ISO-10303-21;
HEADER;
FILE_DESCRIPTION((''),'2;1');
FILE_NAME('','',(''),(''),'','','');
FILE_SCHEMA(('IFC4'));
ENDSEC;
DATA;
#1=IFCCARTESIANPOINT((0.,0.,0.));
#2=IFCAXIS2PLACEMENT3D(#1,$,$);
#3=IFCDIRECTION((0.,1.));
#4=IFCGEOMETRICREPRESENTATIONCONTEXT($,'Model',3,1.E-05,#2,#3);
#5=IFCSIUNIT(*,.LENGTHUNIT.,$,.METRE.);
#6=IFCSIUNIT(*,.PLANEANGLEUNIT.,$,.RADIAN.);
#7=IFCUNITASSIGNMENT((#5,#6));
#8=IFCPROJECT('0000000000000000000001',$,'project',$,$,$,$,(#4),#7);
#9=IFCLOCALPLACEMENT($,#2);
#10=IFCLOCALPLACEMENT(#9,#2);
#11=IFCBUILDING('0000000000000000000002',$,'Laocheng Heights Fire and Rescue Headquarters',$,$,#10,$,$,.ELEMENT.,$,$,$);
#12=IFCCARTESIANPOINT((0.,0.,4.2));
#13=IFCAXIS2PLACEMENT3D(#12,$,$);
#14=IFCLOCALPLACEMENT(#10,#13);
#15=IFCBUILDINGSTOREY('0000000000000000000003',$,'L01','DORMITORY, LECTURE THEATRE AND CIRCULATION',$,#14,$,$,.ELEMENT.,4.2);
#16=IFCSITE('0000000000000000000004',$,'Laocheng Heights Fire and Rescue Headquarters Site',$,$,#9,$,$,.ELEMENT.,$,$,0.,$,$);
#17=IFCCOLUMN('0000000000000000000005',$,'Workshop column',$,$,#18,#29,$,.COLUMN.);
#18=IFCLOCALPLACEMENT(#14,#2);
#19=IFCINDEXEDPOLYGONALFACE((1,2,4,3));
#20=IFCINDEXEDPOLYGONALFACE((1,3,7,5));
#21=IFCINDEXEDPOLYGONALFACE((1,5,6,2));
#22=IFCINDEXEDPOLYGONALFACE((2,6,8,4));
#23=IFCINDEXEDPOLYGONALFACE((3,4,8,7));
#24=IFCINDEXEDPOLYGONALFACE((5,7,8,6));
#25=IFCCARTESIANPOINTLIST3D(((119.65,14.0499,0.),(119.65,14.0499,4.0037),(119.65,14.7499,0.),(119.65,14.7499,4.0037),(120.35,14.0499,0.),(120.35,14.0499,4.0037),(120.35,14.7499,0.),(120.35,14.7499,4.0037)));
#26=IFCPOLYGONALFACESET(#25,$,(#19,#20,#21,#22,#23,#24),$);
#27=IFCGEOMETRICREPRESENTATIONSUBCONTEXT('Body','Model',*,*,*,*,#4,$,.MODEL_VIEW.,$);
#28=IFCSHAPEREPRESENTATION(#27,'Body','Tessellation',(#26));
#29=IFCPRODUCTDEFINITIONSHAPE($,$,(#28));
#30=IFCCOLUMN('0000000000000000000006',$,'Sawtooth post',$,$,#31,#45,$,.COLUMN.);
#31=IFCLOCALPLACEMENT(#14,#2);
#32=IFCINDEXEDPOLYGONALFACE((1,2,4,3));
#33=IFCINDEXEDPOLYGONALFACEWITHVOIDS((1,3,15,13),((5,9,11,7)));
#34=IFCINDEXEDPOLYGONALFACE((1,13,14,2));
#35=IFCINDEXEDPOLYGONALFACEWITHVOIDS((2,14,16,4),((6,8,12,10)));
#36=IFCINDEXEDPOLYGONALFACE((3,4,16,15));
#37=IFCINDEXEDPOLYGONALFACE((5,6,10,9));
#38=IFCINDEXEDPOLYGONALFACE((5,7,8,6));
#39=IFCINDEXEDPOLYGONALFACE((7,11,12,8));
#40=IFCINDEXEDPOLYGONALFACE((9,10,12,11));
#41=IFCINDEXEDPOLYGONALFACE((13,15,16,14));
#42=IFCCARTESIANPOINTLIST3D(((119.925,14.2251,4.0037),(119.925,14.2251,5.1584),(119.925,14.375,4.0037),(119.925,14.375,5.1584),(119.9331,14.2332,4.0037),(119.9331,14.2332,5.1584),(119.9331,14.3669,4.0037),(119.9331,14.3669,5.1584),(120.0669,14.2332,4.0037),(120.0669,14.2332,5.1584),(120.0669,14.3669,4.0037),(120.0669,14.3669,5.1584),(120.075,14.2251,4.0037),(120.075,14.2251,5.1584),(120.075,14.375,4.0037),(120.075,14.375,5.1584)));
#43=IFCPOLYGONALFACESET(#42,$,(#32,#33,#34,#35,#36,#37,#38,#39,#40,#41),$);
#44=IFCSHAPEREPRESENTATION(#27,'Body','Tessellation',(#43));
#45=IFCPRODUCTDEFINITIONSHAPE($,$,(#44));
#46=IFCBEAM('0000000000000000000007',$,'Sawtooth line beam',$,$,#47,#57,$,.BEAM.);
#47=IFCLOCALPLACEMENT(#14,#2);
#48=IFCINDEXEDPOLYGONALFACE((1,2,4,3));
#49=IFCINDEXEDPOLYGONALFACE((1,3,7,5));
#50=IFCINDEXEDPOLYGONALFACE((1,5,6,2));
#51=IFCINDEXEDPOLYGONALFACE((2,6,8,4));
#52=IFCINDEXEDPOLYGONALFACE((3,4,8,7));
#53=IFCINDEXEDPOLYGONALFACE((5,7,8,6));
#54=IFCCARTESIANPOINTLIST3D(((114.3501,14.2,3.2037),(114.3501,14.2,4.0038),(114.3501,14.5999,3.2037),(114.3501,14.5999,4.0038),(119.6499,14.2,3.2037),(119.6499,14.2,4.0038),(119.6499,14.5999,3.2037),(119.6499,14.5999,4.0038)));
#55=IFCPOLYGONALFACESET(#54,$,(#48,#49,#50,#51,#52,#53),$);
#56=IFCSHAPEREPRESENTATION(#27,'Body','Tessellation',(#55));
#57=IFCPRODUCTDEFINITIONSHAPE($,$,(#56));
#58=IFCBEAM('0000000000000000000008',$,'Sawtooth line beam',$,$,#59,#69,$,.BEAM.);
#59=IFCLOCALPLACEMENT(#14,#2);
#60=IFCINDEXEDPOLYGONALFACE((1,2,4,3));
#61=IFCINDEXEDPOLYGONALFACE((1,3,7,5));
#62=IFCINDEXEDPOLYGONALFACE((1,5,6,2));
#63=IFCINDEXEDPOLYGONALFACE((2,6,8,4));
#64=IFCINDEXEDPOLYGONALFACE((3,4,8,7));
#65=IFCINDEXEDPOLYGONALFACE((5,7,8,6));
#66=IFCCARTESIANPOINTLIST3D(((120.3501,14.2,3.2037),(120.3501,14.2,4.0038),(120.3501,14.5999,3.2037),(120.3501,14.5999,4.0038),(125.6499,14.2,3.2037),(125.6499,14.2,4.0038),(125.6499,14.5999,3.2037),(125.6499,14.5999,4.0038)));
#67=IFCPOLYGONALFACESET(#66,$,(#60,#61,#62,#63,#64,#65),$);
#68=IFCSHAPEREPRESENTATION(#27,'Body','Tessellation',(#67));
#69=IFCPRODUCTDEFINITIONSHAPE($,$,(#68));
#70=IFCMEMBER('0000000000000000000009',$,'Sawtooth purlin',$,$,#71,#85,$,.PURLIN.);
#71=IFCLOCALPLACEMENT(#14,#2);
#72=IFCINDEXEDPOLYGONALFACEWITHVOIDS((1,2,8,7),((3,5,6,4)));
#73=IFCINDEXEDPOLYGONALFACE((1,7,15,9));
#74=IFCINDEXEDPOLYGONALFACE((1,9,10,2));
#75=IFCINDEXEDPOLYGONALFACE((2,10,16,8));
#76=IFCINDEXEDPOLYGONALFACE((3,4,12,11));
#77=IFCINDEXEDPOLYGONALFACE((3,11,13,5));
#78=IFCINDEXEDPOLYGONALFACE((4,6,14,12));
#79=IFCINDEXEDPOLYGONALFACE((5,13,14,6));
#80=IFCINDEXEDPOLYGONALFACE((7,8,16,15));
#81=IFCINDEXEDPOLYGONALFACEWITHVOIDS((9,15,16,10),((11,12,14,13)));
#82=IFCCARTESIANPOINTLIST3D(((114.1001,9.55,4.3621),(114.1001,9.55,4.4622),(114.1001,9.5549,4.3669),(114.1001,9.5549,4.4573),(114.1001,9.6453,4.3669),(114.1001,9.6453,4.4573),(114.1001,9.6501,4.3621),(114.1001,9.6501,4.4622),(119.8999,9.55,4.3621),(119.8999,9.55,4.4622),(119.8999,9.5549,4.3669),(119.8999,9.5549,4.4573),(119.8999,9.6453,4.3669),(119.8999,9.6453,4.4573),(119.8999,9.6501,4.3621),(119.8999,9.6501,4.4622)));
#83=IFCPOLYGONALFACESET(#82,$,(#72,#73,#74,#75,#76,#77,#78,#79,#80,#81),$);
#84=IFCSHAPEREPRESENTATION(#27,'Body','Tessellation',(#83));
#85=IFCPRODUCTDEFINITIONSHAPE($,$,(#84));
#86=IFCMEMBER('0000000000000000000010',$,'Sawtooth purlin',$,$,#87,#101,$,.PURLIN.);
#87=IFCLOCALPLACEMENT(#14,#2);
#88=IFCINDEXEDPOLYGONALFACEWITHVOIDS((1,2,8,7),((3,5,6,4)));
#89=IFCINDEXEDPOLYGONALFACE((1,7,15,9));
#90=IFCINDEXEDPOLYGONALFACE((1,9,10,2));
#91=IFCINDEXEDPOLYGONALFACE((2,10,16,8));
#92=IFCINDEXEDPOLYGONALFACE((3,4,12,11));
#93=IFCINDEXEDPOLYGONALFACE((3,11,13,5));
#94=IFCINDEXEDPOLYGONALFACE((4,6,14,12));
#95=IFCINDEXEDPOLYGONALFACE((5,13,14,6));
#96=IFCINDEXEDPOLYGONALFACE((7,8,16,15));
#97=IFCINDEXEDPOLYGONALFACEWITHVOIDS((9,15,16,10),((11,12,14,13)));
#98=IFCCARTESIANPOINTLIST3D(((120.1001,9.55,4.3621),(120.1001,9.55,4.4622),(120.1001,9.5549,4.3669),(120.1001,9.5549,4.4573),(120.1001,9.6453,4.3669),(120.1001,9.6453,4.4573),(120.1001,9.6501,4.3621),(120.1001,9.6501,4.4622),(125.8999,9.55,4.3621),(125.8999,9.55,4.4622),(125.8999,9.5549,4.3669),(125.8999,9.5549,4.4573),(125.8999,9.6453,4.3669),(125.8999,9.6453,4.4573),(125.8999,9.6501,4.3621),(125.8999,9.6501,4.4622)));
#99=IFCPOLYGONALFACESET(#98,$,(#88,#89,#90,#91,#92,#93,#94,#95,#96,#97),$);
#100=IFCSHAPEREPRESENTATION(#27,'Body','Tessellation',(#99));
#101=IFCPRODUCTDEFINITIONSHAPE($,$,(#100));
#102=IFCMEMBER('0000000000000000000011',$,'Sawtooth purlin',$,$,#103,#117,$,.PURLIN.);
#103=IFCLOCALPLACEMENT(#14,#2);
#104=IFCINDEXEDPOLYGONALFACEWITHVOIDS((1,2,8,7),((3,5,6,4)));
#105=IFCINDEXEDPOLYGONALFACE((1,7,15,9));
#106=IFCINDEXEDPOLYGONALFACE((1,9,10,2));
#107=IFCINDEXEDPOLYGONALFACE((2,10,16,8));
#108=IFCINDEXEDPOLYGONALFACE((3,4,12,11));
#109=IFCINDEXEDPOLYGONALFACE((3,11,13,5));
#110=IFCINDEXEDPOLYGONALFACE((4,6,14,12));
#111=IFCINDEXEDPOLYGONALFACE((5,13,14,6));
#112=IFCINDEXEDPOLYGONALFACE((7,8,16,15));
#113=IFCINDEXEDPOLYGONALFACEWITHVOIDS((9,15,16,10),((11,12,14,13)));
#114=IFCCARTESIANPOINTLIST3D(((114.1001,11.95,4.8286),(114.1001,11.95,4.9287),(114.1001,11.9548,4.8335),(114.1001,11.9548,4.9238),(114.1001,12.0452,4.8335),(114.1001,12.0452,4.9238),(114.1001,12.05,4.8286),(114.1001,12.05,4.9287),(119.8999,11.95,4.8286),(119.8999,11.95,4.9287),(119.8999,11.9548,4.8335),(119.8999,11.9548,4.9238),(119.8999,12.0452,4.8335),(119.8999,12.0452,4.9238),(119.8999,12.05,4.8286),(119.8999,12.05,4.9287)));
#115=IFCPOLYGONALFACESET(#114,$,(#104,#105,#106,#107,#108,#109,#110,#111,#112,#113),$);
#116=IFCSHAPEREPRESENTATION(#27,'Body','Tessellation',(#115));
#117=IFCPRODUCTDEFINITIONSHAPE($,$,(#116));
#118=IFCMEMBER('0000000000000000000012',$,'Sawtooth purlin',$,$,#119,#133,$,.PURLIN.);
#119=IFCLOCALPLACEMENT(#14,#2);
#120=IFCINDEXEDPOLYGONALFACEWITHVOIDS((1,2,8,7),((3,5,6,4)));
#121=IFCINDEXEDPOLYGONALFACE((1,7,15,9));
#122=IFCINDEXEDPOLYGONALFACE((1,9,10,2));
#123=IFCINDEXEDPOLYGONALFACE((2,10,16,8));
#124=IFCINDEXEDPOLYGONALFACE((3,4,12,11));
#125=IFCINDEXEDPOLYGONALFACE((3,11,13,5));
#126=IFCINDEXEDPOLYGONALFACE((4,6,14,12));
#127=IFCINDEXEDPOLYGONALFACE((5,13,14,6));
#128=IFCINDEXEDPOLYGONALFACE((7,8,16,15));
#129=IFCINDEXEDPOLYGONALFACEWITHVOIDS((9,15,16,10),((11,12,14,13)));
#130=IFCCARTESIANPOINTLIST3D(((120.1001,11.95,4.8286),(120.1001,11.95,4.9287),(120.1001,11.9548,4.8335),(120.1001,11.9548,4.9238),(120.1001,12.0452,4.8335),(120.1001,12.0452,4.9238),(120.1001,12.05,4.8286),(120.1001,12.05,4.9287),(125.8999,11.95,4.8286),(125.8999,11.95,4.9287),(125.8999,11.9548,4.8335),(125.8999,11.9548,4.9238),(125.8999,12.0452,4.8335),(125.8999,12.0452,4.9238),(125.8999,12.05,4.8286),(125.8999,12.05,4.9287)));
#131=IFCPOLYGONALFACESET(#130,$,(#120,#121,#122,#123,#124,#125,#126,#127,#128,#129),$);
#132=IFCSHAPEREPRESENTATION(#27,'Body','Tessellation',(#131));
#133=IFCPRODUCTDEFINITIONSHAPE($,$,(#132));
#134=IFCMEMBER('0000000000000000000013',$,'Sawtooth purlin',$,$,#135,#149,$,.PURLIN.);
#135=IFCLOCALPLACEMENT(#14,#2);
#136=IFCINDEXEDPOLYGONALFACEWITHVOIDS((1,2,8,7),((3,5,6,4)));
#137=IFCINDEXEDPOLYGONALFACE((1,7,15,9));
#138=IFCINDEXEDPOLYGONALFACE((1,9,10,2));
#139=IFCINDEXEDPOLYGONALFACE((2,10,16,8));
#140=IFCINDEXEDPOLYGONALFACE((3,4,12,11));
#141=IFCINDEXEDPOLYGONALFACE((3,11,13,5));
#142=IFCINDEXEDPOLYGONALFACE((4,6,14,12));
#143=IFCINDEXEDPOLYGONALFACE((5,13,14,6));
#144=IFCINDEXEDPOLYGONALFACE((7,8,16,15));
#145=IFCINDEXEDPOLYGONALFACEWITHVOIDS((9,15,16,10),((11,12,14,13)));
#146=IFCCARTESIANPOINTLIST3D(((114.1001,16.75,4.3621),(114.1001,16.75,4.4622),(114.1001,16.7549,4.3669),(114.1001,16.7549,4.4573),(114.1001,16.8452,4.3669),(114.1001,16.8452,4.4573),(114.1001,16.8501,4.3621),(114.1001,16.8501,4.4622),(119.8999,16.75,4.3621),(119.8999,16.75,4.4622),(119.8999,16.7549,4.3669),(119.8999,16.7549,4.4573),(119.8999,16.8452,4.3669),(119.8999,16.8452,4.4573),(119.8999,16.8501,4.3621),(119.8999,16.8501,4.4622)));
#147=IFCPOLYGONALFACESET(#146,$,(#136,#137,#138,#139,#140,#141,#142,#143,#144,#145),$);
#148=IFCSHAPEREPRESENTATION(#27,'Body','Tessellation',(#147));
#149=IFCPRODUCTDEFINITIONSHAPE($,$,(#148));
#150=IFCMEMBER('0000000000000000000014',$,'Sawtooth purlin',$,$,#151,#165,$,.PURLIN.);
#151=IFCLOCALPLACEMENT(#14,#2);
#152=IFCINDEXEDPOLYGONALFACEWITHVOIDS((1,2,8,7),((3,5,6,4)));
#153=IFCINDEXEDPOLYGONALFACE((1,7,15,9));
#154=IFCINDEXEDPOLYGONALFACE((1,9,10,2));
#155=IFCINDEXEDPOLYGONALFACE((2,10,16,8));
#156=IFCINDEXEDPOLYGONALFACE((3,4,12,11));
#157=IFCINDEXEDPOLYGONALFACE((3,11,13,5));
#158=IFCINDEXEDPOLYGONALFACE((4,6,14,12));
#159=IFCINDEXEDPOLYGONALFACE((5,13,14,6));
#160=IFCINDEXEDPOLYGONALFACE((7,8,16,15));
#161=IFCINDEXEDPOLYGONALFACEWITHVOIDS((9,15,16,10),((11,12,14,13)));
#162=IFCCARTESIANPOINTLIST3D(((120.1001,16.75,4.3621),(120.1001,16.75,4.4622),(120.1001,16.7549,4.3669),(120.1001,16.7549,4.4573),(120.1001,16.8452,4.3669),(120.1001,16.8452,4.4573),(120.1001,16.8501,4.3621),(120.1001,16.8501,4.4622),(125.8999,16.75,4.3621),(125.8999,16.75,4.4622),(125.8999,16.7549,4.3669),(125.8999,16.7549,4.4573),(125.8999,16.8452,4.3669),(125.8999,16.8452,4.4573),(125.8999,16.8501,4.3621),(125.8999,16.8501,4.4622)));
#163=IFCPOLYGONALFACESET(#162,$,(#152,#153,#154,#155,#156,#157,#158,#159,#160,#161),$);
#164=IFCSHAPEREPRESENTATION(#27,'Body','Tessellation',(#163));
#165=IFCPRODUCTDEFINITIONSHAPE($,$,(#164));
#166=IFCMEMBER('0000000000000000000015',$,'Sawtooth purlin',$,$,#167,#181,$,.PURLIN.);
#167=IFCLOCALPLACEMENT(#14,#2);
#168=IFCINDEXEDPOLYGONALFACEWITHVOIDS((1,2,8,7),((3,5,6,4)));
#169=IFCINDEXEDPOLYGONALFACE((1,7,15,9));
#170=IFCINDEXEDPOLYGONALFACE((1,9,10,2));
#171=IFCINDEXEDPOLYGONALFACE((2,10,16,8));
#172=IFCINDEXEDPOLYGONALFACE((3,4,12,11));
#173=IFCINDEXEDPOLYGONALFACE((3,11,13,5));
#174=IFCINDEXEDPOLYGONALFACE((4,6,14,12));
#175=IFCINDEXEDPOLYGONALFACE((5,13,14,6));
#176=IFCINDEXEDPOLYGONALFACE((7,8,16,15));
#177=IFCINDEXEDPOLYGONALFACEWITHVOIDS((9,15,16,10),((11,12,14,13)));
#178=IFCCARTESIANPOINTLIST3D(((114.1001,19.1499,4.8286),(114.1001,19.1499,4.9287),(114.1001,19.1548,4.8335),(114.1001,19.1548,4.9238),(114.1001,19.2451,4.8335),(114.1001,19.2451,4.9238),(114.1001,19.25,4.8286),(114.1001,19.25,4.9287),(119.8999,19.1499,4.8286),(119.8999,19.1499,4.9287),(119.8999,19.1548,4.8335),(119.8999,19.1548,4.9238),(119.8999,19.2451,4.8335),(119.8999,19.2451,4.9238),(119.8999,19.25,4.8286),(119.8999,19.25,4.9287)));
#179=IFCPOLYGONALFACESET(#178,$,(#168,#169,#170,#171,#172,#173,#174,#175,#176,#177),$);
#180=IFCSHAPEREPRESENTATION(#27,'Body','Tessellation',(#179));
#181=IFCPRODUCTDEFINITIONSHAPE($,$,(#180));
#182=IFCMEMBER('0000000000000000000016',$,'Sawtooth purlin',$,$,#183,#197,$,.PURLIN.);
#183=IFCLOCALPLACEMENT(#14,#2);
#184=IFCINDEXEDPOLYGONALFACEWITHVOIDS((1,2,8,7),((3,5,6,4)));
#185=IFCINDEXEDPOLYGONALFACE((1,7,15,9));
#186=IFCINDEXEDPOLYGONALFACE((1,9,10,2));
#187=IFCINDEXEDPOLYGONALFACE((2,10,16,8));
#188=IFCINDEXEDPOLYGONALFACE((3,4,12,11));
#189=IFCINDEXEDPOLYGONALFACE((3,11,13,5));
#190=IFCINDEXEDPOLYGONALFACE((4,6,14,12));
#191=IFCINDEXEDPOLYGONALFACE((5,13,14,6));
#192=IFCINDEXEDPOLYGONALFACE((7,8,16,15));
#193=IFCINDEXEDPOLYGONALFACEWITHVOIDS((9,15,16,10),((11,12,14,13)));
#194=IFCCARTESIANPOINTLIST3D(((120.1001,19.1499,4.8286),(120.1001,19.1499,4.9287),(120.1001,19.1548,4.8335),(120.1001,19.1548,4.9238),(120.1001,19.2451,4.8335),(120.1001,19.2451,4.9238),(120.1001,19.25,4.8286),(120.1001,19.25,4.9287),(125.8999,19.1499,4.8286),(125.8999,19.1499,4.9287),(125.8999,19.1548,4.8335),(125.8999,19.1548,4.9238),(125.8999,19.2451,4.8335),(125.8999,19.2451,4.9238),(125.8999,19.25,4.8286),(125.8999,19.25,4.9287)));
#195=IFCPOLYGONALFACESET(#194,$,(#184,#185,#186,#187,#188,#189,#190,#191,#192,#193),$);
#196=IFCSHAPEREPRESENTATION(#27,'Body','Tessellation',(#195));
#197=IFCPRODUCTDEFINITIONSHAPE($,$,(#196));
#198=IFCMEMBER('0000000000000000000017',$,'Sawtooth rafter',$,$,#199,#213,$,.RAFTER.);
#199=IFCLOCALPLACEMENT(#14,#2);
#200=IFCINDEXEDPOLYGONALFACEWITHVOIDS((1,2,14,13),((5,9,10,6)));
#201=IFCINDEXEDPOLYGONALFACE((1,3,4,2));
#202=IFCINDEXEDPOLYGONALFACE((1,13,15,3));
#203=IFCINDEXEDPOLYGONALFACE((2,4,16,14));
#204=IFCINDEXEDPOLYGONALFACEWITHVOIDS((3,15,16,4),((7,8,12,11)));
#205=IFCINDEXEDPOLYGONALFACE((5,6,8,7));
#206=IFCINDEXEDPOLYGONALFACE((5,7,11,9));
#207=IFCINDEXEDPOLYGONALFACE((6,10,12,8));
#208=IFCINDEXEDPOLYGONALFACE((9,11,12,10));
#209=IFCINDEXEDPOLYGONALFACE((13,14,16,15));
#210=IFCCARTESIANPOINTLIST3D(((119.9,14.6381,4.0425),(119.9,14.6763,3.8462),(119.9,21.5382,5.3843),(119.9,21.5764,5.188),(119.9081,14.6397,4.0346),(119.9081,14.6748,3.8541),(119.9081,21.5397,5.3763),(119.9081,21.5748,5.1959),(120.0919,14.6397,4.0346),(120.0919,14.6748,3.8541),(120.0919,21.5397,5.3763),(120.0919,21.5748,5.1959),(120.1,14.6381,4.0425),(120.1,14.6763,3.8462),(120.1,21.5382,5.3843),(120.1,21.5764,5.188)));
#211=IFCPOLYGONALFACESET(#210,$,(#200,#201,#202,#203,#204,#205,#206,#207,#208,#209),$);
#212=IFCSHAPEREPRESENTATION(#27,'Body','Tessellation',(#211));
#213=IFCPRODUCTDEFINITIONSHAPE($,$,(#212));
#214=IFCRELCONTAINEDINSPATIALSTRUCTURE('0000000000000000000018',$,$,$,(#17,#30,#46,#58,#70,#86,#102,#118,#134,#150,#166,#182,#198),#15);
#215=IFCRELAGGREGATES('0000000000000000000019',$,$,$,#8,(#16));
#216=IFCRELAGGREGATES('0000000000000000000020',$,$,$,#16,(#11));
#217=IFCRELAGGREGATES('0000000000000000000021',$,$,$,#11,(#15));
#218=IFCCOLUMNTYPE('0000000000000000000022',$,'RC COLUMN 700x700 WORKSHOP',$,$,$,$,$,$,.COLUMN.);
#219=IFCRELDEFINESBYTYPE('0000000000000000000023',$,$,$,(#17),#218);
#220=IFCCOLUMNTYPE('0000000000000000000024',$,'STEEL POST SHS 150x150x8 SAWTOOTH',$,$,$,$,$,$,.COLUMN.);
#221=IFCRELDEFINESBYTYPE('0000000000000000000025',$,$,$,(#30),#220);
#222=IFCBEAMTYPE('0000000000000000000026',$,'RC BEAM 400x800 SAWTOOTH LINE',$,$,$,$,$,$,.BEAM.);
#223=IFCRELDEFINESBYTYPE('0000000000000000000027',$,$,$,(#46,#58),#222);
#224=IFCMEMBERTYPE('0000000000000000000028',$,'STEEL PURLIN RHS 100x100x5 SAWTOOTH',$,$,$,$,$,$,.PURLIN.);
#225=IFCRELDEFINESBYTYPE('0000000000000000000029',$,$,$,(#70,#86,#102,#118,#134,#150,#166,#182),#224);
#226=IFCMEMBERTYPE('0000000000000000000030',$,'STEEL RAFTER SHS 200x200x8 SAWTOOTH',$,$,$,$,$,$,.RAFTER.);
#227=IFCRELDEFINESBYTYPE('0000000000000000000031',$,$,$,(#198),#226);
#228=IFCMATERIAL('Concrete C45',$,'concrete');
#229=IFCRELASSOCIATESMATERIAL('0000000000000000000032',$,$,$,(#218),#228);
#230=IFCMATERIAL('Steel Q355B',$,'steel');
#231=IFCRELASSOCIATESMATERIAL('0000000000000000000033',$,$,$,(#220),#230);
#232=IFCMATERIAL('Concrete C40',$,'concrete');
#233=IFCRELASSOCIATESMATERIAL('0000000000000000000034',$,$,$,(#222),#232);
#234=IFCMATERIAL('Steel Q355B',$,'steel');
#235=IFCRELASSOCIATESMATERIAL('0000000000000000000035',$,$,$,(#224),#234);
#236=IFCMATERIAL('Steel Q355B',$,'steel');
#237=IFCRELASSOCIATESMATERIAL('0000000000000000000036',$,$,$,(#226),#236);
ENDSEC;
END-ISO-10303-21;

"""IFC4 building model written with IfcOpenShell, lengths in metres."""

from ifc_helpers import new_model, si_unit, direction, frame, origin, origin_2d, place, context, subcontext, project, spatial, rectangle, hollow_rectangle, extrude, material, material_profile, profile_set, type_object, element, save


model = new_model("IFC4")

# Units and contexts
model_context = context("Model", 3, precision=1e-05, world=origin(), true_north=direction((0.0, 1.0)))
body_context = subcontext(model_context, "Body", "Model", "MODEL_VIEW")
ifc_project = project(units=[si_unit("LENGTHUNIT", "METRE"), si_unit("PLANEANGLEUNIT", "RADIAN")], contexts=[model_context])

# Site, building, storey
site_placement = place(None, origin())
site = spatial("IfcSite", under=ifc_project, at=site_placement, Name="Laocheng Heights Fire and Rescue Headquarters Site", CompositionType="ELEMENT", RefElevation=0.0)
building_placement = place(site_placement, origin())
building = spatial("IfcBuilding", under=site, at=building_placement, Name="Laocheng Heights Fire and Rescue Headquarters", CompositionType="ELEMENT")
storey_placement = place(building_placement, frame((0.0, 0.0, 4.2)))
storey = spatial("IfcBuildingStorey", under=building, at=storey_placement, Name="L01", Description="DORMITORY, LECTURE THEATRE AND CIRCULATION", CompositionType="ELEMENT", Elevation=4.2)

# Columns
ifc_material_1 = material(Name="Concrete C45", Category="concrete")
ifc_material_profile_1 = material_profile(ifc_material_1, rectangle(XDim=0.7, YDim=0.7, at=origin_2d()), Name="RC COLUMN 700x700 WORKSHOP")
ifc_profile_set_1 = profile_set([ifc_material_profile_1], Name="Concrete C45")
column_type_1 = type_object("IfcColumnType", Name="RC COLUMN 700x700 WORKSHOP", PredefinedType="COLUMN", material=ifc_profile_set_1)
column_1_placement = place(storey_placement, frame((120.0, 14.3999, 0.0), z_axis=(0.0, 0.0, 1.0), x_axis=(1.0, 0.0, 0.0)))
element("IfcColumn", 1, at=column_1_placement, inside=storey, type_object=column_type_1, Name="Workshop column", PredefinedType="COLUMN", context=body_context, shape_type="SweptSolid", body=[
    extrude(rectangle(XDim=0.7, YDim=0.7, at=origin_2d()), origin(), (0.0, 0.0, 1.0), 4.0037),
])
ifc_material_2 = material(Name="Steel Q355B", Category="steel")
ifc_material_profile_2 = material_profile(ifc_material_2, hollow_rectangle(XDim=0.1499, YDim=0.1499, WallThickness=0.0081, at=origin_2d()), Name="SHS 150x150x8")
ifc_profile_set_2 = profile_set([ifc_material_profile_2], Name="Steel Q355B")
column_type_2 = type_object("IfcColumnType", Name="STEEL POST SHS 150x150x8 SAWTOOTH", PredefinedType="COLUMN", material=ifc_profile_set_2)
column_2_placement = place(storey_placement, frame((120.0, 14.3, 4.0037), z_axis=(0.0, 0.0, 1.0), x_axis=(1.0, 0.0, 0.0)))
element("IfcColumn", 2, at=column_2_placement, inside=storey, type_object=column_type_2, Name="Sawtooth post", PredefinedType="COLUMN", context=body_context, shape_type="SweptSolid", body=[
    extrude(hollow_rectangle(XDim=0.1499, YDim=0.1499, WallThickness=0.0081, at=origin_2d()), origin(), (0.0, 0.0, 1.0), 1.1548),
])

# Beams
ifc_material_3 = material(Name="Concrete C40", Category="concrete")
ifc_material_profile_3 = material_profile(ifc_material_3, rectangle(XDim=0.3999, YDim=0.8, at=origin_2d()), Name="RC BEAM 400x800 SAWTOOTH LINE")
ifc_profile_set_3 = profile_set([ifc_material_profile_3], Name="Concrete C40")
beam_type = type_object("IfcBeamType", Name="RC BEAM 400x800 SAWTOOTH LINE", PredefinedType="BEAM", material=ifc_profile_set_3)
for number, where, z_axis, x_axis, name in (
    (3, (114.3501, 14.3999, 3.6038), (1.0, 0.0, 0.0), (0.0, 1.0, 0.0), "Sawtooth line beam"),
    (4, (120.3501, 14.3999, 3.6038), (1.0, 0.0, 0.0), (0.0, 1.0, 0.0), "Sawtooth line beam"),
):
    element("IfcBeam", number, at=place(storey_placement, frame(where, z_axis=z_axis, x_axis=x_axis)), inside=storey, type_object=beam_type, Name=name, PredefinedType="BEAM", context=body_context, shape_type="SweptSolid", body=[
        extrude(rectangle(XDim=0.3999, YDim=0.8, at=origin_2d()), origin(), (0.0, 0.0, 1.0), 5.2998),
    ])

# Members
ifc_material_4 = material(Name="Steel Q355B", Category="steel")
ifc_material_profile_4 = material_profile(ifc_material_4, hollow_rectangle(XDim=0.1001, YDim=0.1001, WallThickness=0.0049, at=origin_2d()), Name="RHS 100x100x5")
ifc_profile_set_4 = profile_set([ifc_material_profile_4], Name="Steel Q355B")
member_type_1 = type_object("IfcMemberType", Name="STEEL PURLIN RHS 100x100x5 SAWTOOTH", PredefinedType="PURLIN", material=ifc_profile_set_4)
for number, where, z_axis, x_axis, name in (
    (5, (114.1001, 9.6001, 4.4121), (1.0, 0.0, 0.0), (0.0, 1.0, 0.0), "Sawtooth purlin"),
    (6, (120.1001, 9.6001, 4.4121), (1.0, 0.0, 0.0), (0.0, 1.0, 0.0), "Sawtooth purlin"),
    (7, (114.1001, 12.0, 4.8787), (1.0, 0.0, 0.0), (0.0, 1.0, 0.0), "Sawtooth purlin"),
    (8, (120.1001, 12.0, 4.8787), (1.0, 0.0, 0.0), (0.0, 1.0, 0.0), "Sawtooth purlin"),
    (9, (114.1001, 16.8, 4.4121), (1.0, 0.0, 0.0), (0.0, 1.0, 0.0), "Sawtooth purlin"),
    (10, (120.1001, 16.8, 4.4121), (1.0, 0.0, 0.0), (0.0, 1.0, 0.0), "Sawtooth purlin"),
    (11, (114.1001, 19.2, 4.8787), (1.0, 0.0, 0.0), (0.0, 1.0, 0.0), "Sawtooth purlin"),
    (12, (120.1001, 19.2, 4.8787), (1.0, 0.0, 0.0), (0.0, 1.0, 0.0), "Sawtooth purlin"),
):
    element("IfcMember", number, at=place(storey_placement, frame(where, z_axis=z_axis, x_axis=x_axis)), inside=storey, type_object=member_type_1, Name=name, PredefinedType="PURLIN", context=body_context, shape_type="SweptSolid", body=[
        extrude(hollow_rectangle(XDim=0.1001, YDim=0.1001, WallThickness=0.0049, at=origin_2d()), origin(), (0.0, 0.0, 1.0), 5.7998),
    ])
ifc_material_5 = material(Name="Steel Q355B", Category="steel")
ifc_material_profile_5 = material_profile(ifc_material_5, hollow_rectangle(XDim=0.2, YDim=0.2, WallThickness=0.0081, at=origin_2d()), Name="SHS 200x200x8")
ifc_profile_set_5 = profile_set([ifc_material_profile_5], Name="Steel Q355B")
member_type_2 = type_object("IfcMemberType", Name="STEEL RAFTER SHS 200x200x8 SAWTOOTH", PredefinedType="RAFTER", material=ifc_profile_set_5)
member_placement = place(storey_placement, frame((120.0, 14.6572, 3.9443), z_axis=(0.0, 0.981613, 0.190884), x_axis=(-1.0, 0.0, 0.0)))
element("IfcMember", 13, at=member_placement, inside=storey, type_object=member_type_2, Name="Sawtooth rafter", PredefinedType="RAFTER", context=body_context, shape_type="SweptSolid", body=[
    extrude(hollow_rectangle(XDim=0.2, YDim=0.2, WallThickness=0.0081, at=origin_2d()), origin(), (0.0, 0.0, 1.0), 7.0293),
])

save(model, "model.ifc")
